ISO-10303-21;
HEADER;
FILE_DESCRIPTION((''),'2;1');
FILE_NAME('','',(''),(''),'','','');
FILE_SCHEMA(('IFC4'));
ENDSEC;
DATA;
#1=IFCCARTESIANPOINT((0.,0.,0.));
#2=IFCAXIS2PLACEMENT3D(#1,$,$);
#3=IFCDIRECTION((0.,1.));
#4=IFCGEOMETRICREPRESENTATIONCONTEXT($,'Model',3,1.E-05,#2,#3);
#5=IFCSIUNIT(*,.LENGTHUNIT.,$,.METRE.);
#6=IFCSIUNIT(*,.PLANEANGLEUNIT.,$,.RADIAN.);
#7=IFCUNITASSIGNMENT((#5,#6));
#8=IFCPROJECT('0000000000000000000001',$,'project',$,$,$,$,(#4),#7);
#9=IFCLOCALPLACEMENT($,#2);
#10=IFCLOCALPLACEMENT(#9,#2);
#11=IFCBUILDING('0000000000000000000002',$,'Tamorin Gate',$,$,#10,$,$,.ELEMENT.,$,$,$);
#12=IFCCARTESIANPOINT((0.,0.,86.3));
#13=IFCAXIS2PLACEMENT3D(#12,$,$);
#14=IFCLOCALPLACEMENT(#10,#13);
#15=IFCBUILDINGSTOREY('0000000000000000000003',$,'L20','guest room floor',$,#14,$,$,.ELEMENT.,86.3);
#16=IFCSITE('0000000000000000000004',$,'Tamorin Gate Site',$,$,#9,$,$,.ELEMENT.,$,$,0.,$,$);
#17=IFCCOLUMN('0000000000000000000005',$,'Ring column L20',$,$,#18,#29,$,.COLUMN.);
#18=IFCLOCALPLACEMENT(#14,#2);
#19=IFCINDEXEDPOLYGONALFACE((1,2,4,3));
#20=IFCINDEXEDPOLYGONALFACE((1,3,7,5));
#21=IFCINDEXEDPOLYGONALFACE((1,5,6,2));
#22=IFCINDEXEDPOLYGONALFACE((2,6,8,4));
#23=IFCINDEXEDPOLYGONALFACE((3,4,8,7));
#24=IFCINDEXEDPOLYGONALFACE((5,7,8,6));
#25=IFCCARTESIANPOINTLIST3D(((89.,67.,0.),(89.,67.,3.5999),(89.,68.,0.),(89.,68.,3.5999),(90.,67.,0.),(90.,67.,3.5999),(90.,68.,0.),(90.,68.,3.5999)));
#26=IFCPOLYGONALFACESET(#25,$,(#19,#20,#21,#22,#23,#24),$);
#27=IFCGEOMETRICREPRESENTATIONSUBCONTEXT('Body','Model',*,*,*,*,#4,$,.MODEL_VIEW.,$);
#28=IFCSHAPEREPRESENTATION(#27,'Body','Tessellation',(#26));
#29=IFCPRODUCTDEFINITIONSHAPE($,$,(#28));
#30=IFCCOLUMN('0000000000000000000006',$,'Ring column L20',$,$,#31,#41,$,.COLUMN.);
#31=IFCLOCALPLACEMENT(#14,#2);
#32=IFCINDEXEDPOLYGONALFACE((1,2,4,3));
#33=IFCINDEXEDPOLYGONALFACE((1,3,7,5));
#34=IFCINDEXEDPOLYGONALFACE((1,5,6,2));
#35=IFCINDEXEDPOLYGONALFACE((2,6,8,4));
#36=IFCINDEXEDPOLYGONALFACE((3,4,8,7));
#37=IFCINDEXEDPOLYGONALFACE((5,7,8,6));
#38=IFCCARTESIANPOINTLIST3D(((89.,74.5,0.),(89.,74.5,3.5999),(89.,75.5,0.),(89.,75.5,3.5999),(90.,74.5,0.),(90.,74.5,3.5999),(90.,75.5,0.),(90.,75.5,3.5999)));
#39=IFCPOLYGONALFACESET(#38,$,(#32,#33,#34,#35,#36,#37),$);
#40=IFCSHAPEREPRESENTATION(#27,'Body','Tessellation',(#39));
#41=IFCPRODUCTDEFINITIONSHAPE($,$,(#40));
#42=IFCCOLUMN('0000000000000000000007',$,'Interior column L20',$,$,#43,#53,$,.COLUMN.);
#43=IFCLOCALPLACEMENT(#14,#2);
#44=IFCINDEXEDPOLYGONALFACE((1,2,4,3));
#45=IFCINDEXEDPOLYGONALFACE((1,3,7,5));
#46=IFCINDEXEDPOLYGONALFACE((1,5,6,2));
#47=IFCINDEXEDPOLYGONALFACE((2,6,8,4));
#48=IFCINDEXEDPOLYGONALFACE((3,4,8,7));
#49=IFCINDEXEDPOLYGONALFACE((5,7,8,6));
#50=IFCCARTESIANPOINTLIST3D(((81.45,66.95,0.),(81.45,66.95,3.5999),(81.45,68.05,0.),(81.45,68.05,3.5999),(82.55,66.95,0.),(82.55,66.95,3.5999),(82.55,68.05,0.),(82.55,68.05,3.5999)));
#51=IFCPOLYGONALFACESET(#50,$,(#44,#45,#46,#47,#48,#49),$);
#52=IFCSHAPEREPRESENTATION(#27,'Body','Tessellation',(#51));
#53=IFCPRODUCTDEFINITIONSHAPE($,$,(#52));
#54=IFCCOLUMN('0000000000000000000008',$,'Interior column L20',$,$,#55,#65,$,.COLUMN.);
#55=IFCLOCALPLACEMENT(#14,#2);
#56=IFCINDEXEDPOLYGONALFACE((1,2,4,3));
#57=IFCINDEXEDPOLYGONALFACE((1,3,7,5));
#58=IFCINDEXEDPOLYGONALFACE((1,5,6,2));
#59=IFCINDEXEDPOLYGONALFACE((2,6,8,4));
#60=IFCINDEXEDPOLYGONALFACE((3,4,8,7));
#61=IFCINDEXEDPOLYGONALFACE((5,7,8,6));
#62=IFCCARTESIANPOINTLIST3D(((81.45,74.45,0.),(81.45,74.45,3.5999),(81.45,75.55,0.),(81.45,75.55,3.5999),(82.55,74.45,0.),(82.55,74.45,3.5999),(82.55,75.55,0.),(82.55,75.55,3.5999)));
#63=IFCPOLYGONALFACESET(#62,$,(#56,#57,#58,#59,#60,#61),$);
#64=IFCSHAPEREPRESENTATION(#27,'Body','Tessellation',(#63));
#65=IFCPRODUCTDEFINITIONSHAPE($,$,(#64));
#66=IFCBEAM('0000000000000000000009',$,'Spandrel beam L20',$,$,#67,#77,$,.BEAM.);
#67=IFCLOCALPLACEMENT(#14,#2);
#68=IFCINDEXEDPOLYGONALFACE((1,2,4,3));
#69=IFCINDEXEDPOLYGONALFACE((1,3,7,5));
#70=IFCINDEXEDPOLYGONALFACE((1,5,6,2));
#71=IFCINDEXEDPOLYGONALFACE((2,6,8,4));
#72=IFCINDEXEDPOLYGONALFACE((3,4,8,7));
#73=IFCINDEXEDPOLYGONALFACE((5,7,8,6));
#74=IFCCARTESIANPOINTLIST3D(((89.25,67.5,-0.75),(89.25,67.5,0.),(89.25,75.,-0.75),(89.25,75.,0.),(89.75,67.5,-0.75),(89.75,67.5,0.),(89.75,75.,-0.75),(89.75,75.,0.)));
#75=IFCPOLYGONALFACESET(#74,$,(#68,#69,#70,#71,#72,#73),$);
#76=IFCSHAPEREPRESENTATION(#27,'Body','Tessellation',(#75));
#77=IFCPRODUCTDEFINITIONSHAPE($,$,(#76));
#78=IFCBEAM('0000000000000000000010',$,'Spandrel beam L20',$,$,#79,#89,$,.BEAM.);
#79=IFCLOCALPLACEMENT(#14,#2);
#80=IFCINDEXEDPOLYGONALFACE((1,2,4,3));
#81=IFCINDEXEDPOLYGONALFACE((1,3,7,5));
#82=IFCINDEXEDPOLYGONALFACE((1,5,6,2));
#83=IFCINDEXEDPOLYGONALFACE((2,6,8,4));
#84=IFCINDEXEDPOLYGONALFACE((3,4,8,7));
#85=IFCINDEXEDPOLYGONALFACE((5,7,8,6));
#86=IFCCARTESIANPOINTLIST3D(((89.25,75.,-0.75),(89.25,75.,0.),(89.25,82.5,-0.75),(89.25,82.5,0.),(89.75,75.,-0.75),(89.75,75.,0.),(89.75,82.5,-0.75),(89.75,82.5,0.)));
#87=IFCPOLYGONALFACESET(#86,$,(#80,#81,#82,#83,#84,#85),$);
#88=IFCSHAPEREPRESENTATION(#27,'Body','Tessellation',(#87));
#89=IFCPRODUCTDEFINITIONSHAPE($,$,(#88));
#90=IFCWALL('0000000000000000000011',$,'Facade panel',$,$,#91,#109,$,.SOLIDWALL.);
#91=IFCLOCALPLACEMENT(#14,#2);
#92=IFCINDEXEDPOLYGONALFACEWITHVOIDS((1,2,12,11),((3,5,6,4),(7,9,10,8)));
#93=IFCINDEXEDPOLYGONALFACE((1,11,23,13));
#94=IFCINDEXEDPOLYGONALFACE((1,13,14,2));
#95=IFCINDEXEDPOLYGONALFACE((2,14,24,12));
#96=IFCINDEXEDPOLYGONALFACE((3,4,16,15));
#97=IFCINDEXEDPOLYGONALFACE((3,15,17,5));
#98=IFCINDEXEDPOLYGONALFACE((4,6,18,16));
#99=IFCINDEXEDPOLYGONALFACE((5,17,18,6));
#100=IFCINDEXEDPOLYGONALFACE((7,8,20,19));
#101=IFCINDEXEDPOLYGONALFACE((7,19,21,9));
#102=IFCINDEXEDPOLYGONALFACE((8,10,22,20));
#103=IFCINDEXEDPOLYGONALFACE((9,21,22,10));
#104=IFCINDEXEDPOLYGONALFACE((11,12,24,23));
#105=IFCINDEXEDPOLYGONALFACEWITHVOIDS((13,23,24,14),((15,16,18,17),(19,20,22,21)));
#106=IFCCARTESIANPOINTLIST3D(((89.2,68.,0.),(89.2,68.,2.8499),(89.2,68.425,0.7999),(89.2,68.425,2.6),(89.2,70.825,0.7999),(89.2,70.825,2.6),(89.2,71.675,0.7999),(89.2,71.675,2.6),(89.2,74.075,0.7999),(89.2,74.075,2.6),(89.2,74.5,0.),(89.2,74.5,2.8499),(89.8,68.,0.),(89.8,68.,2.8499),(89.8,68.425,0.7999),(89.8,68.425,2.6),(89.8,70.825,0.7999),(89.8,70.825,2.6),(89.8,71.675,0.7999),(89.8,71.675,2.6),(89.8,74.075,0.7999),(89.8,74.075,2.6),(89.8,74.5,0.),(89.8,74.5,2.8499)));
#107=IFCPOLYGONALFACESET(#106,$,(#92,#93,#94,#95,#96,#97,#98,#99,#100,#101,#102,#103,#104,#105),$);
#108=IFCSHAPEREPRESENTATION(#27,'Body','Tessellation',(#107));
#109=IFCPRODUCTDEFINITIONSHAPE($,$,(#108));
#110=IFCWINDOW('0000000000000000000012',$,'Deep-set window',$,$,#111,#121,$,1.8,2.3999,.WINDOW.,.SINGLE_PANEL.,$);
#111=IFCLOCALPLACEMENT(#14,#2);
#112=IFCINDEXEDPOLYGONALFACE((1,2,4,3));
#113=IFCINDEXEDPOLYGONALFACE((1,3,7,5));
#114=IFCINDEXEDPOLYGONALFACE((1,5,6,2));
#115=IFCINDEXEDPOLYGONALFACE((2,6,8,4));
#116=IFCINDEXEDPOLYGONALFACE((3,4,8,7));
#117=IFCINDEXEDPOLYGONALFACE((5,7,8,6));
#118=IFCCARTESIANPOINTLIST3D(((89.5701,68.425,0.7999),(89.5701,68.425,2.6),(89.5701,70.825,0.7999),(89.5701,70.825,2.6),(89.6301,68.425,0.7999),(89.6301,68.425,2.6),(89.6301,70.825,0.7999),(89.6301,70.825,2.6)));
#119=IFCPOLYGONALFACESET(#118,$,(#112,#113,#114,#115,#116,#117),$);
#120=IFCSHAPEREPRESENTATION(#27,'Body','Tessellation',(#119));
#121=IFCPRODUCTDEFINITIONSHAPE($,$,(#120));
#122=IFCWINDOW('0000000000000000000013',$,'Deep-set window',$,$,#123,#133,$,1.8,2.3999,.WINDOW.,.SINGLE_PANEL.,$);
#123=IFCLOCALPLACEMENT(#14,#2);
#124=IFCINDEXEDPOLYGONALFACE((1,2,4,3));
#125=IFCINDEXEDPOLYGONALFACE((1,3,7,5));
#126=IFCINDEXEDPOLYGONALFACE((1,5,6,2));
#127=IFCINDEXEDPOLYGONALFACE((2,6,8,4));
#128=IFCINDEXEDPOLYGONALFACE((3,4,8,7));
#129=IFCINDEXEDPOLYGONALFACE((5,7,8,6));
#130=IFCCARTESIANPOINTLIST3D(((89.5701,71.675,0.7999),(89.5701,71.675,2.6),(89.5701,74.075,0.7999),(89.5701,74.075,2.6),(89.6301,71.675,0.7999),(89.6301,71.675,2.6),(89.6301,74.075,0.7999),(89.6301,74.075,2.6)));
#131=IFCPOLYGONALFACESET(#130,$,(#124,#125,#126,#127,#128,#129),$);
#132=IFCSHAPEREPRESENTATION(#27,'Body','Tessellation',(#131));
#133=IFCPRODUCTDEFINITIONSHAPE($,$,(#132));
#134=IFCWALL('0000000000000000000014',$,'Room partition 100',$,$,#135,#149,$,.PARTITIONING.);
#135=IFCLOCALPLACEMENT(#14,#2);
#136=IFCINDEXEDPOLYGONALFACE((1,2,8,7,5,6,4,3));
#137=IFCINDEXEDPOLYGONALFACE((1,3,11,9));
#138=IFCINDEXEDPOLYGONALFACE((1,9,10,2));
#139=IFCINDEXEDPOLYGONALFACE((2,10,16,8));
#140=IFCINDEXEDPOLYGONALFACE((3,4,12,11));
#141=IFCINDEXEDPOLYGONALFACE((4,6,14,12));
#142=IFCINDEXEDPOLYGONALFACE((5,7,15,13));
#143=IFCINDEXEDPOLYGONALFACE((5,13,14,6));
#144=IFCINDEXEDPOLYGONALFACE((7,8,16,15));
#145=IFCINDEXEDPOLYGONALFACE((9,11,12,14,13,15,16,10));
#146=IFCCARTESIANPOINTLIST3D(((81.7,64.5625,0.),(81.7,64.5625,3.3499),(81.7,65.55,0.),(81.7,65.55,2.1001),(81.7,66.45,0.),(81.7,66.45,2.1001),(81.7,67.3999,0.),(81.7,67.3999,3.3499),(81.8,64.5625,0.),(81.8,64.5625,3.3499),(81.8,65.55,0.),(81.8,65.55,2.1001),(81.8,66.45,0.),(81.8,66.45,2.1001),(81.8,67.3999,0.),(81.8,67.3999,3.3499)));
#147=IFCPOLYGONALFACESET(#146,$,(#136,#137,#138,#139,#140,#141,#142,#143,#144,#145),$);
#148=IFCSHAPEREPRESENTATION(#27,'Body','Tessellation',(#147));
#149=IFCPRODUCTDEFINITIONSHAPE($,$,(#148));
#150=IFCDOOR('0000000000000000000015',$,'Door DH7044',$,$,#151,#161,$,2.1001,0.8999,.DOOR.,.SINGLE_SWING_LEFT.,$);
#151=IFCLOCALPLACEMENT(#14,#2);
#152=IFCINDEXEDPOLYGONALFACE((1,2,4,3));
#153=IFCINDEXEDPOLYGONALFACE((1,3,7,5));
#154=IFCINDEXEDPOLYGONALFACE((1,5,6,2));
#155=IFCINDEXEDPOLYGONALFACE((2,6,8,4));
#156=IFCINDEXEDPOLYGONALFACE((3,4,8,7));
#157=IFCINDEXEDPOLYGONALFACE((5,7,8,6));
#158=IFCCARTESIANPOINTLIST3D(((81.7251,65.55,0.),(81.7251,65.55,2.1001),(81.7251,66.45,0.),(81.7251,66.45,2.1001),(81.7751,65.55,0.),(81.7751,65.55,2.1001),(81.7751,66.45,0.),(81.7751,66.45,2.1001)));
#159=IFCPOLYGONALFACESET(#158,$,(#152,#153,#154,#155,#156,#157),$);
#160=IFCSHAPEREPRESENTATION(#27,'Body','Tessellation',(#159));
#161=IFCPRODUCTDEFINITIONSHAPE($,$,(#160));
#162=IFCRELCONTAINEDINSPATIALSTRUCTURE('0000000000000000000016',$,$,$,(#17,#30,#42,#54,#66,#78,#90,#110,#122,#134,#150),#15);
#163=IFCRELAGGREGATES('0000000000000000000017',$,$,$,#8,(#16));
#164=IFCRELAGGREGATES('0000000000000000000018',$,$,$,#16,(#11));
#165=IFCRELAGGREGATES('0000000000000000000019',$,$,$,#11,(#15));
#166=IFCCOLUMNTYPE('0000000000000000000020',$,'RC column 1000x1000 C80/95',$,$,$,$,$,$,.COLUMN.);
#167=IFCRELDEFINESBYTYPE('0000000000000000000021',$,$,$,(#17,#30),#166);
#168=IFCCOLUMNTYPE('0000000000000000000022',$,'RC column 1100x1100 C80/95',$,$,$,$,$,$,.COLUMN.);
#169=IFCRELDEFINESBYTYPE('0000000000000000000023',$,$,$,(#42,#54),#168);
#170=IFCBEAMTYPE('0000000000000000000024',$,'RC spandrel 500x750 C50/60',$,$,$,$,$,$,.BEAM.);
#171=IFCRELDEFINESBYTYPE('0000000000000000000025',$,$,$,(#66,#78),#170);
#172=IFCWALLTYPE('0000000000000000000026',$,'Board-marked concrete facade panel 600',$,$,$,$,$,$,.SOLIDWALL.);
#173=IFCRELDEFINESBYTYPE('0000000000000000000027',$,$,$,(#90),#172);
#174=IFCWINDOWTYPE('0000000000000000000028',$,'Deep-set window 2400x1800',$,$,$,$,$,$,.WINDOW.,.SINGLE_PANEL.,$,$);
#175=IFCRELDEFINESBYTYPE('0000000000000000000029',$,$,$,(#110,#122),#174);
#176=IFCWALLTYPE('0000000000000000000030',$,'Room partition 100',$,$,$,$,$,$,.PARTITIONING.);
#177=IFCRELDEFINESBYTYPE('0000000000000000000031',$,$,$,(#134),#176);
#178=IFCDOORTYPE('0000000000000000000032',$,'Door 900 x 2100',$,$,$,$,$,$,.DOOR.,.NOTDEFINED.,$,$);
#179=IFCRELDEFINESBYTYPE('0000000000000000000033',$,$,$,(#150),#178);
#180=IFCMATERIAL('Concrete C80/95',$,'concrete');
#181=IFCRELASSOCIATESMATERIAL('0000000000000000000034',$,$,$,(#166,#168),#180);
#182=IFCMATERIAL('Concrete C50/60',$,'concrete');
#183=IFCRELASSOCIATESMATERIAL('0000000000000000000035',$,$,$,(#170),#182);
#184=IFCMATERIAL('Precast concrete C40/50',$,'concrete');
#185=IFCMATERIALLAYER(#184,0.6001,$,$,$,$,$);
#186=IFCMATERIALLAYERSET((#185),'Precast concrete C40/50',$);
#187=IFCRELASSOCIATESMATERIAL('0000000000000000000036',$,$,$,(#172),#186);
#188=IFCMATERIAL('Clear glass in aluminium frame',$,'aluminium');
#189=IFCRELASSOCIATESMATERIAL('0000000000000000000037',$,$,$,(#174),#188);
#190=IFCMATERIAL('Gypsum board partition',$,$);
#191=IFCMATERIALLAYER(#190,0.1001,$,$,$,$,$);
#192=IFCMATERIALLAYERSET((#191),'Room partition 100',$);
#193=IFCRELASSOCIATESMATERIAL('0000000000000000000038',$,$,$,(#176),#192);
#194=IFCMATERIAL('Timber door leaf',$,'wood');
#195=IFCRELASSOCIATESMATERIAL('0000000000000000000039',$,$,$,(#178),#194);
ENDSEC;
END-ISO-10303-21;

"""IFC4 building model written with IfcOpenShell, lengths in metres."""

from ifc_helpers import new_model, si_unit, direction, frame, frame_2d, origin, origin_2d, place, context, subcontext, project, spatial, rectangle, extrude, material, layer, layer_set, material_profile, profile_set, type_object, element, fill, save


model = new_model("IFC4")

# Units and contexts
model_context = context("Model", 3, precision=1e-05, world=origin(), true_north=direction((0.0, 1.0)))
body_context = subcontext(model_context, "Body", "Model", "MODEL_VIEW")
ifc_project = project(units=[si_unit("LENGTHUNIT", "METRE"), si_unit("PLANEANGLEUNIT", "RADIAN")], contexts=[model_context])

# Site, building, storey
site_placement = place(None, origin())
site = spatial("IfcSite", under=ifc_project, at=site_placement, Name="Tamorin Gate Site", CompositionType="ELEMENT", RefElevation=0.0)
building_placement = place(site_placement, origin())
building = spatial("IfcBuilding", under=site, at=building_placement, Name="Tamorin Gate", CompositionType="ELEMENT")
storey_placement = place(building_placement, frame((0.0, 0.0, 86.3)))
storey = spatial("IfcBuildingStorey", under=building, at=storey_placement, Name="L20", Description="guest room floor", CompositionType="ELEMENT", Elevation=86.3)

# Columns
ifc_material_1 = material(Name="Concrete C80/95", Category="concrete")
ifc_material_profile_1 = material_profile(ifc_material_1, rectangle(XDim=1.0, YDim=1.0, at=origin_2d()), Name="RC 1000x1000")
ifc_profile_set_1 = profile_set([ifc_material_profile_1], Name="Concrete C80/95")
column_type_1 = type_object("IfcColumnType", Name="RC column 1000x1000 C80/95", PredefinedType="COLUMN", material=ifc_profile_set_1)
for number, where, z_axis, x_axis, name in (
    (1, (89.5, 67.5, 0.0), (0.0, 0.0, 1.0), (1.0, 0.0, 0.0), "Ring column L20"),
    (2, (89.5, 75.0, 0.0), (0.0, 0.0, 1.0), (1.0, 0.0, 0.0), "Ring column L20"),
):
    element("IfcColumn", number, at=place(storey_placement, frame(where, z_axis=z_axis, x_axis=x_axis)), inside=storey, type_object=column_type_1, Name=name, PredefinedType="COLUMN", context=body_context, shape_type="SweptSolid", body=[
        extrude(rectangle(XDim=1.0, YDim=1.0, at=origin_2d()), origin(), (0.0, 0.0, 1.0), 3.5999),
    ])
ifc_material_profile_2 = material_profile(ifc_material_1, rectangle(XDim=1.1001, YDim=1.1001, at=origin_2d()), Name="RC 1100x1100")
ifc_profile_set_2 = profile_set([ifc_material_profile_2], Name="Concrete C80/95")
column_type_2 = type_object("IfcColumnType", Name="RC column 1100x1100 C80/95", PredefinedType="COLUMN", material=ifc_profile_set_2)
for number, where, z_axis, x_axis, name in (
    (3, (82.0, 67.5, 0.0), (0.0, 0.0, 1.0), (1.0, 0.0, 0.0), "Interior column L20"),
    (4, (82.0, 75.0, 0.0), (0.0, 0.0, 1.0), (1.0, 0.0, 0.0), "Interior column L20"),
):
    element("IfcColumn", number, at=place(storey_placement, frame(where, z_axis=z_axis, x_axis=x_axis)), inside=storey, type_object=column_type_2, Name=name, PredefinedType="COLUMN", context=body_context, shape_type="SweptSolid", body=[
        extrude(rectangle(XDim=1.1001, YDim=1.1001, at=origin_2d()), origin(), (0.0, 0.0, 1.0), 3.5999),
    ])

# Beams
ifc_material_2 = material(Name="Concrete C50/60", Category="concrete")
ifc_material_profile_3 = material_profile(ifc_material_2, rectangle(XDim=0.5, YDim=0.75, at=origin_2d()), Name="RC 500x750")
ifc_profile_set_3 = profile_set([ifc_material_profile_3], Name="Concrete C50/60")
beam_type = type_object("IfcBeamType", Name="RC spandrel 500x750 C50/60", PredefinedType="BEAM", material=ifc_profile_set_3)
for number, where, z_axis, x_axis, name in (
    (5, (89.5, 67.5, -0.375), (0.0, 1.0, 0.0), (-1.0, 0.0, 0.0), "Spandrel beam L20"),
    (6, (89.5, 75.0, -0.375), (0.0, 1.0, 0.0), (-1.0, 0.0, 0.0), "Spandrel beam L20"),
):
    element("IfcBeam", number, at=place(storey_placement, frame(where, z_axis=z_axis, x_axis=x_axis)), inside=storey, type_object=beam_type, Name=name, PredefinedType="BEAM", context=body_context, shape_type="SweptSolid", body=[
        extrude(rectangle(XDim=0.5, YDim=0.75, at=origin_2d()), origin(), (0.0, 0.0, 1.0), 7.5),
    ])

# Wall, openings, windows
ifc_material_3 = material(Name="Precast concrete C40/50", Category="concrete")
ifc_layer_1 = layer(ifc_material_3, 0.6001)
ifc_layer_set_1 = layer_set([ifc_layer_1], Name="Precast concrete C40/50")
wall_type_1 = type_object("IfcWallType", Name="Board-marked concrete facade panel 600", PredefinedType="SOLIDWALL", material=ifc_layer_set_1)
wall_1_placement = place(storey_placement, frame((89.5, 68.0, 0.0), z_axis=(0.0, 0.0, 1.0), x_axis=(0.0, 1.0, 0.0)))
wall_1 = element("IfcWall", 7, at=wall_1_placement, inside=storey, type_object=wall_type_1, Name="Facade panel", PredefinedType="SOLIDWALL", context=body_context, shape_type="SweptSolid", body=[
    extrude(rectangle(XDim=6.5, YDim=0.6001, at=frame_2d((3.25, 0.0))), origin(), (0.0, 0.0, 1.0), 2.8499),
])
opening_1_placement = place(wall_1_placement, frame((0.425, 0.0, 0.8)))
opening_1 = element("IfcOpeningElement", 8, at=opening_1_placement, cuts=wall_1, PredefinedType="OPENING", context=body_context, shape_type="SweptSolid", body=[
    extrude(rectangle(XDim=2.3999, YDim=1.8, at=frame_2d((1.2, 0.8999))), frame((0.0, 0.3101, 0.0), z_axis=(0.0, -1.0, 0.0), x_axis=(1.0, 0.0, 0.0)), (0.0, 0.0, 1.0), 0.6201),
])
opening_2_placement = place(wall_1_placement, frame((3.675, 0.0, 0.8)))
opening_2 = element("IfcOpeningElement", 9, at=opening_2_placement, cuts=wall_1, PredefinedType="OPENING", context=body_context, shape_type="SweptSolid", body=[
    extrude(rectangle(XDim=2.3999, YDim=1.8, at=frame_2d((1.2, 0.8999))), frame((0.0, 0.3101, 0.0), z_axis=(0.0, -1.0, 0.0), x_axis=(1.0, 0.0, 0.0)), (0.0, 0.0, 1.0), 0.6201),
])
ifc_material_4 = material(Name="Clear glass in aluminium frame", Category="aluminium")
window_type = type_object("IfcWindowType", Name="Deep-set window 2400x1800", PartitioningType="SINGLE_PANEL", PredefinedType="WINDOW", material=ifc_material_4)
window_1_placement = place(opening_1_placement, origin())
window_1 = element("IfcWindow", 10, at=window_1_placement, inside=storey, type_object=window_type, Name="Deep-set window", OverallHeight=1.8, OverallWidth=2.3999, PartitioningType="SINGLE_PANEL", PredefinedType="WINDOW", context=body_context, shape_type="SweptSolid", body=[
    extrude(rectangle(XDim=2.3999, YDim=1.8, at=frame_2d((1.2, 0.8999))), frame((0.0, -0.0701, 0.0), z_axis=(0.0, -1.0, 0.0), x_axis=(1.0, 0.0, 0.0)), (0.0, 0.0, 1.0), 0.0601),
])
fill(opening_1, window_1)
window_2_placement = place(opening_2_placement, origin())
window_2 = element("IfcWindow", 11, at=window_2_placement, inside=storey, type_object=window_type, Name="Deep-set window", OverallHeight=1.8, OverallWidth=2.3999, PartitioningType="SINGLE_PANEL", PredefinedType="WINDOW", context=body_context, shape_type="SweptSolid", body=[
    extrude(rectangle(XDim=2.3999, YDim=1.8, at=frame_2d((1.2, 0.8999))), frame((0.0, -0.0701, 0.0), z_axis=(0.0, -1.0, 0.0), x_axis=(1.0, 0.0, 0.0)), (0.0, 0.0, 1.0), 0.0601),
])
fill(opening_2, window_2)

# Wall, opening, door
ifc_material_5 = material(Name="Gypsum board partition")
ifc_layer_2 = layer(ifc_material_5, 0.1001)
ifc_layer_set_2 = layer_set([ifc_layer_2], Name="Room partition 100")
wall_type_2 = type_object("IfcWallType", Name="Room partition 100", PredefinedType="PARTITIONING", material=ifc_layer_set_2)
wall_2_placement = place(storey_placement, frame((81.75, 64.5625, 0.0), z_axis=(0.0, 0.0, 1.0), x_axis=(0.0, 1.0, 0.0)))
wall_2 = element("IfcWall", 12, at=wall_2_placement, inside=storey, type_object=wall_type_2, Name="Room partition 100", PredefinedType="PARTITIONING", context=body_context, shape_type="SweptSolid", body=[
    extrude(rectangle(XDim=2.8374, YDim=0.1001, at=frame_2d((1.4187, 0.0))), origin(), (0.0, 0.0, 1.0), 3.3499),
])
opening_3_placement = place(wall_2_placement, frame((0.9875, 0.0, 0.0)))
opening_3 = element("IfcOpeningElement", 13, at=opening_3_placement, cuts=wall_2, PredefinedType="OPENING", context=body_context, shape_type="SweptSolid", body=[
    extrude(rectangle(XDim=0.8999, YDim=2.1001, at=frame_2d((0.45, 1.05))), frame((0.0, 0.0601, 0.0), z_axis=(0.0, -1.0, 0.0), x_axis=(1.0, 0.0, 0.0)), (0.0, 0.0, 1.0), 0.1201),
])
ifc_material_6 = material(Name="Timber door leaf", Category="wood")
door_type = type_object("IfcDoorType", Name="Door 900 x 2100", OperationType="NOTDEFINED", PredefinedType="DOOR", material=ifc_material_6)
door_1_placement = place(opening_3_placement, origin())
door_1 = element("IfcDoor", 14, at=door_1_placement, inside=storey, type_object=door_type, Name="Door DH7044", OperationType="SINGLE_SWING_LEFT", OverallHeight=2.1001, OverallWidth=0.8999, PredefinedType="DOOR", context=body_context, shape_type="SweptSolid", body=[
    extrude(rectangle(XDim=0.8999, YDim=2.1001, at=frame_2d((0.45, 1.05))), frame((0.0, 0.0249, 0.0), z_axis=(0.0, -1.0, 0.0), x_axis=(1.0, 0.0, 0.0)), (0.0, 0.0, 1.0), 0.05),
])
fill(opening_3, door_1)

save(model, "model.ifc")
